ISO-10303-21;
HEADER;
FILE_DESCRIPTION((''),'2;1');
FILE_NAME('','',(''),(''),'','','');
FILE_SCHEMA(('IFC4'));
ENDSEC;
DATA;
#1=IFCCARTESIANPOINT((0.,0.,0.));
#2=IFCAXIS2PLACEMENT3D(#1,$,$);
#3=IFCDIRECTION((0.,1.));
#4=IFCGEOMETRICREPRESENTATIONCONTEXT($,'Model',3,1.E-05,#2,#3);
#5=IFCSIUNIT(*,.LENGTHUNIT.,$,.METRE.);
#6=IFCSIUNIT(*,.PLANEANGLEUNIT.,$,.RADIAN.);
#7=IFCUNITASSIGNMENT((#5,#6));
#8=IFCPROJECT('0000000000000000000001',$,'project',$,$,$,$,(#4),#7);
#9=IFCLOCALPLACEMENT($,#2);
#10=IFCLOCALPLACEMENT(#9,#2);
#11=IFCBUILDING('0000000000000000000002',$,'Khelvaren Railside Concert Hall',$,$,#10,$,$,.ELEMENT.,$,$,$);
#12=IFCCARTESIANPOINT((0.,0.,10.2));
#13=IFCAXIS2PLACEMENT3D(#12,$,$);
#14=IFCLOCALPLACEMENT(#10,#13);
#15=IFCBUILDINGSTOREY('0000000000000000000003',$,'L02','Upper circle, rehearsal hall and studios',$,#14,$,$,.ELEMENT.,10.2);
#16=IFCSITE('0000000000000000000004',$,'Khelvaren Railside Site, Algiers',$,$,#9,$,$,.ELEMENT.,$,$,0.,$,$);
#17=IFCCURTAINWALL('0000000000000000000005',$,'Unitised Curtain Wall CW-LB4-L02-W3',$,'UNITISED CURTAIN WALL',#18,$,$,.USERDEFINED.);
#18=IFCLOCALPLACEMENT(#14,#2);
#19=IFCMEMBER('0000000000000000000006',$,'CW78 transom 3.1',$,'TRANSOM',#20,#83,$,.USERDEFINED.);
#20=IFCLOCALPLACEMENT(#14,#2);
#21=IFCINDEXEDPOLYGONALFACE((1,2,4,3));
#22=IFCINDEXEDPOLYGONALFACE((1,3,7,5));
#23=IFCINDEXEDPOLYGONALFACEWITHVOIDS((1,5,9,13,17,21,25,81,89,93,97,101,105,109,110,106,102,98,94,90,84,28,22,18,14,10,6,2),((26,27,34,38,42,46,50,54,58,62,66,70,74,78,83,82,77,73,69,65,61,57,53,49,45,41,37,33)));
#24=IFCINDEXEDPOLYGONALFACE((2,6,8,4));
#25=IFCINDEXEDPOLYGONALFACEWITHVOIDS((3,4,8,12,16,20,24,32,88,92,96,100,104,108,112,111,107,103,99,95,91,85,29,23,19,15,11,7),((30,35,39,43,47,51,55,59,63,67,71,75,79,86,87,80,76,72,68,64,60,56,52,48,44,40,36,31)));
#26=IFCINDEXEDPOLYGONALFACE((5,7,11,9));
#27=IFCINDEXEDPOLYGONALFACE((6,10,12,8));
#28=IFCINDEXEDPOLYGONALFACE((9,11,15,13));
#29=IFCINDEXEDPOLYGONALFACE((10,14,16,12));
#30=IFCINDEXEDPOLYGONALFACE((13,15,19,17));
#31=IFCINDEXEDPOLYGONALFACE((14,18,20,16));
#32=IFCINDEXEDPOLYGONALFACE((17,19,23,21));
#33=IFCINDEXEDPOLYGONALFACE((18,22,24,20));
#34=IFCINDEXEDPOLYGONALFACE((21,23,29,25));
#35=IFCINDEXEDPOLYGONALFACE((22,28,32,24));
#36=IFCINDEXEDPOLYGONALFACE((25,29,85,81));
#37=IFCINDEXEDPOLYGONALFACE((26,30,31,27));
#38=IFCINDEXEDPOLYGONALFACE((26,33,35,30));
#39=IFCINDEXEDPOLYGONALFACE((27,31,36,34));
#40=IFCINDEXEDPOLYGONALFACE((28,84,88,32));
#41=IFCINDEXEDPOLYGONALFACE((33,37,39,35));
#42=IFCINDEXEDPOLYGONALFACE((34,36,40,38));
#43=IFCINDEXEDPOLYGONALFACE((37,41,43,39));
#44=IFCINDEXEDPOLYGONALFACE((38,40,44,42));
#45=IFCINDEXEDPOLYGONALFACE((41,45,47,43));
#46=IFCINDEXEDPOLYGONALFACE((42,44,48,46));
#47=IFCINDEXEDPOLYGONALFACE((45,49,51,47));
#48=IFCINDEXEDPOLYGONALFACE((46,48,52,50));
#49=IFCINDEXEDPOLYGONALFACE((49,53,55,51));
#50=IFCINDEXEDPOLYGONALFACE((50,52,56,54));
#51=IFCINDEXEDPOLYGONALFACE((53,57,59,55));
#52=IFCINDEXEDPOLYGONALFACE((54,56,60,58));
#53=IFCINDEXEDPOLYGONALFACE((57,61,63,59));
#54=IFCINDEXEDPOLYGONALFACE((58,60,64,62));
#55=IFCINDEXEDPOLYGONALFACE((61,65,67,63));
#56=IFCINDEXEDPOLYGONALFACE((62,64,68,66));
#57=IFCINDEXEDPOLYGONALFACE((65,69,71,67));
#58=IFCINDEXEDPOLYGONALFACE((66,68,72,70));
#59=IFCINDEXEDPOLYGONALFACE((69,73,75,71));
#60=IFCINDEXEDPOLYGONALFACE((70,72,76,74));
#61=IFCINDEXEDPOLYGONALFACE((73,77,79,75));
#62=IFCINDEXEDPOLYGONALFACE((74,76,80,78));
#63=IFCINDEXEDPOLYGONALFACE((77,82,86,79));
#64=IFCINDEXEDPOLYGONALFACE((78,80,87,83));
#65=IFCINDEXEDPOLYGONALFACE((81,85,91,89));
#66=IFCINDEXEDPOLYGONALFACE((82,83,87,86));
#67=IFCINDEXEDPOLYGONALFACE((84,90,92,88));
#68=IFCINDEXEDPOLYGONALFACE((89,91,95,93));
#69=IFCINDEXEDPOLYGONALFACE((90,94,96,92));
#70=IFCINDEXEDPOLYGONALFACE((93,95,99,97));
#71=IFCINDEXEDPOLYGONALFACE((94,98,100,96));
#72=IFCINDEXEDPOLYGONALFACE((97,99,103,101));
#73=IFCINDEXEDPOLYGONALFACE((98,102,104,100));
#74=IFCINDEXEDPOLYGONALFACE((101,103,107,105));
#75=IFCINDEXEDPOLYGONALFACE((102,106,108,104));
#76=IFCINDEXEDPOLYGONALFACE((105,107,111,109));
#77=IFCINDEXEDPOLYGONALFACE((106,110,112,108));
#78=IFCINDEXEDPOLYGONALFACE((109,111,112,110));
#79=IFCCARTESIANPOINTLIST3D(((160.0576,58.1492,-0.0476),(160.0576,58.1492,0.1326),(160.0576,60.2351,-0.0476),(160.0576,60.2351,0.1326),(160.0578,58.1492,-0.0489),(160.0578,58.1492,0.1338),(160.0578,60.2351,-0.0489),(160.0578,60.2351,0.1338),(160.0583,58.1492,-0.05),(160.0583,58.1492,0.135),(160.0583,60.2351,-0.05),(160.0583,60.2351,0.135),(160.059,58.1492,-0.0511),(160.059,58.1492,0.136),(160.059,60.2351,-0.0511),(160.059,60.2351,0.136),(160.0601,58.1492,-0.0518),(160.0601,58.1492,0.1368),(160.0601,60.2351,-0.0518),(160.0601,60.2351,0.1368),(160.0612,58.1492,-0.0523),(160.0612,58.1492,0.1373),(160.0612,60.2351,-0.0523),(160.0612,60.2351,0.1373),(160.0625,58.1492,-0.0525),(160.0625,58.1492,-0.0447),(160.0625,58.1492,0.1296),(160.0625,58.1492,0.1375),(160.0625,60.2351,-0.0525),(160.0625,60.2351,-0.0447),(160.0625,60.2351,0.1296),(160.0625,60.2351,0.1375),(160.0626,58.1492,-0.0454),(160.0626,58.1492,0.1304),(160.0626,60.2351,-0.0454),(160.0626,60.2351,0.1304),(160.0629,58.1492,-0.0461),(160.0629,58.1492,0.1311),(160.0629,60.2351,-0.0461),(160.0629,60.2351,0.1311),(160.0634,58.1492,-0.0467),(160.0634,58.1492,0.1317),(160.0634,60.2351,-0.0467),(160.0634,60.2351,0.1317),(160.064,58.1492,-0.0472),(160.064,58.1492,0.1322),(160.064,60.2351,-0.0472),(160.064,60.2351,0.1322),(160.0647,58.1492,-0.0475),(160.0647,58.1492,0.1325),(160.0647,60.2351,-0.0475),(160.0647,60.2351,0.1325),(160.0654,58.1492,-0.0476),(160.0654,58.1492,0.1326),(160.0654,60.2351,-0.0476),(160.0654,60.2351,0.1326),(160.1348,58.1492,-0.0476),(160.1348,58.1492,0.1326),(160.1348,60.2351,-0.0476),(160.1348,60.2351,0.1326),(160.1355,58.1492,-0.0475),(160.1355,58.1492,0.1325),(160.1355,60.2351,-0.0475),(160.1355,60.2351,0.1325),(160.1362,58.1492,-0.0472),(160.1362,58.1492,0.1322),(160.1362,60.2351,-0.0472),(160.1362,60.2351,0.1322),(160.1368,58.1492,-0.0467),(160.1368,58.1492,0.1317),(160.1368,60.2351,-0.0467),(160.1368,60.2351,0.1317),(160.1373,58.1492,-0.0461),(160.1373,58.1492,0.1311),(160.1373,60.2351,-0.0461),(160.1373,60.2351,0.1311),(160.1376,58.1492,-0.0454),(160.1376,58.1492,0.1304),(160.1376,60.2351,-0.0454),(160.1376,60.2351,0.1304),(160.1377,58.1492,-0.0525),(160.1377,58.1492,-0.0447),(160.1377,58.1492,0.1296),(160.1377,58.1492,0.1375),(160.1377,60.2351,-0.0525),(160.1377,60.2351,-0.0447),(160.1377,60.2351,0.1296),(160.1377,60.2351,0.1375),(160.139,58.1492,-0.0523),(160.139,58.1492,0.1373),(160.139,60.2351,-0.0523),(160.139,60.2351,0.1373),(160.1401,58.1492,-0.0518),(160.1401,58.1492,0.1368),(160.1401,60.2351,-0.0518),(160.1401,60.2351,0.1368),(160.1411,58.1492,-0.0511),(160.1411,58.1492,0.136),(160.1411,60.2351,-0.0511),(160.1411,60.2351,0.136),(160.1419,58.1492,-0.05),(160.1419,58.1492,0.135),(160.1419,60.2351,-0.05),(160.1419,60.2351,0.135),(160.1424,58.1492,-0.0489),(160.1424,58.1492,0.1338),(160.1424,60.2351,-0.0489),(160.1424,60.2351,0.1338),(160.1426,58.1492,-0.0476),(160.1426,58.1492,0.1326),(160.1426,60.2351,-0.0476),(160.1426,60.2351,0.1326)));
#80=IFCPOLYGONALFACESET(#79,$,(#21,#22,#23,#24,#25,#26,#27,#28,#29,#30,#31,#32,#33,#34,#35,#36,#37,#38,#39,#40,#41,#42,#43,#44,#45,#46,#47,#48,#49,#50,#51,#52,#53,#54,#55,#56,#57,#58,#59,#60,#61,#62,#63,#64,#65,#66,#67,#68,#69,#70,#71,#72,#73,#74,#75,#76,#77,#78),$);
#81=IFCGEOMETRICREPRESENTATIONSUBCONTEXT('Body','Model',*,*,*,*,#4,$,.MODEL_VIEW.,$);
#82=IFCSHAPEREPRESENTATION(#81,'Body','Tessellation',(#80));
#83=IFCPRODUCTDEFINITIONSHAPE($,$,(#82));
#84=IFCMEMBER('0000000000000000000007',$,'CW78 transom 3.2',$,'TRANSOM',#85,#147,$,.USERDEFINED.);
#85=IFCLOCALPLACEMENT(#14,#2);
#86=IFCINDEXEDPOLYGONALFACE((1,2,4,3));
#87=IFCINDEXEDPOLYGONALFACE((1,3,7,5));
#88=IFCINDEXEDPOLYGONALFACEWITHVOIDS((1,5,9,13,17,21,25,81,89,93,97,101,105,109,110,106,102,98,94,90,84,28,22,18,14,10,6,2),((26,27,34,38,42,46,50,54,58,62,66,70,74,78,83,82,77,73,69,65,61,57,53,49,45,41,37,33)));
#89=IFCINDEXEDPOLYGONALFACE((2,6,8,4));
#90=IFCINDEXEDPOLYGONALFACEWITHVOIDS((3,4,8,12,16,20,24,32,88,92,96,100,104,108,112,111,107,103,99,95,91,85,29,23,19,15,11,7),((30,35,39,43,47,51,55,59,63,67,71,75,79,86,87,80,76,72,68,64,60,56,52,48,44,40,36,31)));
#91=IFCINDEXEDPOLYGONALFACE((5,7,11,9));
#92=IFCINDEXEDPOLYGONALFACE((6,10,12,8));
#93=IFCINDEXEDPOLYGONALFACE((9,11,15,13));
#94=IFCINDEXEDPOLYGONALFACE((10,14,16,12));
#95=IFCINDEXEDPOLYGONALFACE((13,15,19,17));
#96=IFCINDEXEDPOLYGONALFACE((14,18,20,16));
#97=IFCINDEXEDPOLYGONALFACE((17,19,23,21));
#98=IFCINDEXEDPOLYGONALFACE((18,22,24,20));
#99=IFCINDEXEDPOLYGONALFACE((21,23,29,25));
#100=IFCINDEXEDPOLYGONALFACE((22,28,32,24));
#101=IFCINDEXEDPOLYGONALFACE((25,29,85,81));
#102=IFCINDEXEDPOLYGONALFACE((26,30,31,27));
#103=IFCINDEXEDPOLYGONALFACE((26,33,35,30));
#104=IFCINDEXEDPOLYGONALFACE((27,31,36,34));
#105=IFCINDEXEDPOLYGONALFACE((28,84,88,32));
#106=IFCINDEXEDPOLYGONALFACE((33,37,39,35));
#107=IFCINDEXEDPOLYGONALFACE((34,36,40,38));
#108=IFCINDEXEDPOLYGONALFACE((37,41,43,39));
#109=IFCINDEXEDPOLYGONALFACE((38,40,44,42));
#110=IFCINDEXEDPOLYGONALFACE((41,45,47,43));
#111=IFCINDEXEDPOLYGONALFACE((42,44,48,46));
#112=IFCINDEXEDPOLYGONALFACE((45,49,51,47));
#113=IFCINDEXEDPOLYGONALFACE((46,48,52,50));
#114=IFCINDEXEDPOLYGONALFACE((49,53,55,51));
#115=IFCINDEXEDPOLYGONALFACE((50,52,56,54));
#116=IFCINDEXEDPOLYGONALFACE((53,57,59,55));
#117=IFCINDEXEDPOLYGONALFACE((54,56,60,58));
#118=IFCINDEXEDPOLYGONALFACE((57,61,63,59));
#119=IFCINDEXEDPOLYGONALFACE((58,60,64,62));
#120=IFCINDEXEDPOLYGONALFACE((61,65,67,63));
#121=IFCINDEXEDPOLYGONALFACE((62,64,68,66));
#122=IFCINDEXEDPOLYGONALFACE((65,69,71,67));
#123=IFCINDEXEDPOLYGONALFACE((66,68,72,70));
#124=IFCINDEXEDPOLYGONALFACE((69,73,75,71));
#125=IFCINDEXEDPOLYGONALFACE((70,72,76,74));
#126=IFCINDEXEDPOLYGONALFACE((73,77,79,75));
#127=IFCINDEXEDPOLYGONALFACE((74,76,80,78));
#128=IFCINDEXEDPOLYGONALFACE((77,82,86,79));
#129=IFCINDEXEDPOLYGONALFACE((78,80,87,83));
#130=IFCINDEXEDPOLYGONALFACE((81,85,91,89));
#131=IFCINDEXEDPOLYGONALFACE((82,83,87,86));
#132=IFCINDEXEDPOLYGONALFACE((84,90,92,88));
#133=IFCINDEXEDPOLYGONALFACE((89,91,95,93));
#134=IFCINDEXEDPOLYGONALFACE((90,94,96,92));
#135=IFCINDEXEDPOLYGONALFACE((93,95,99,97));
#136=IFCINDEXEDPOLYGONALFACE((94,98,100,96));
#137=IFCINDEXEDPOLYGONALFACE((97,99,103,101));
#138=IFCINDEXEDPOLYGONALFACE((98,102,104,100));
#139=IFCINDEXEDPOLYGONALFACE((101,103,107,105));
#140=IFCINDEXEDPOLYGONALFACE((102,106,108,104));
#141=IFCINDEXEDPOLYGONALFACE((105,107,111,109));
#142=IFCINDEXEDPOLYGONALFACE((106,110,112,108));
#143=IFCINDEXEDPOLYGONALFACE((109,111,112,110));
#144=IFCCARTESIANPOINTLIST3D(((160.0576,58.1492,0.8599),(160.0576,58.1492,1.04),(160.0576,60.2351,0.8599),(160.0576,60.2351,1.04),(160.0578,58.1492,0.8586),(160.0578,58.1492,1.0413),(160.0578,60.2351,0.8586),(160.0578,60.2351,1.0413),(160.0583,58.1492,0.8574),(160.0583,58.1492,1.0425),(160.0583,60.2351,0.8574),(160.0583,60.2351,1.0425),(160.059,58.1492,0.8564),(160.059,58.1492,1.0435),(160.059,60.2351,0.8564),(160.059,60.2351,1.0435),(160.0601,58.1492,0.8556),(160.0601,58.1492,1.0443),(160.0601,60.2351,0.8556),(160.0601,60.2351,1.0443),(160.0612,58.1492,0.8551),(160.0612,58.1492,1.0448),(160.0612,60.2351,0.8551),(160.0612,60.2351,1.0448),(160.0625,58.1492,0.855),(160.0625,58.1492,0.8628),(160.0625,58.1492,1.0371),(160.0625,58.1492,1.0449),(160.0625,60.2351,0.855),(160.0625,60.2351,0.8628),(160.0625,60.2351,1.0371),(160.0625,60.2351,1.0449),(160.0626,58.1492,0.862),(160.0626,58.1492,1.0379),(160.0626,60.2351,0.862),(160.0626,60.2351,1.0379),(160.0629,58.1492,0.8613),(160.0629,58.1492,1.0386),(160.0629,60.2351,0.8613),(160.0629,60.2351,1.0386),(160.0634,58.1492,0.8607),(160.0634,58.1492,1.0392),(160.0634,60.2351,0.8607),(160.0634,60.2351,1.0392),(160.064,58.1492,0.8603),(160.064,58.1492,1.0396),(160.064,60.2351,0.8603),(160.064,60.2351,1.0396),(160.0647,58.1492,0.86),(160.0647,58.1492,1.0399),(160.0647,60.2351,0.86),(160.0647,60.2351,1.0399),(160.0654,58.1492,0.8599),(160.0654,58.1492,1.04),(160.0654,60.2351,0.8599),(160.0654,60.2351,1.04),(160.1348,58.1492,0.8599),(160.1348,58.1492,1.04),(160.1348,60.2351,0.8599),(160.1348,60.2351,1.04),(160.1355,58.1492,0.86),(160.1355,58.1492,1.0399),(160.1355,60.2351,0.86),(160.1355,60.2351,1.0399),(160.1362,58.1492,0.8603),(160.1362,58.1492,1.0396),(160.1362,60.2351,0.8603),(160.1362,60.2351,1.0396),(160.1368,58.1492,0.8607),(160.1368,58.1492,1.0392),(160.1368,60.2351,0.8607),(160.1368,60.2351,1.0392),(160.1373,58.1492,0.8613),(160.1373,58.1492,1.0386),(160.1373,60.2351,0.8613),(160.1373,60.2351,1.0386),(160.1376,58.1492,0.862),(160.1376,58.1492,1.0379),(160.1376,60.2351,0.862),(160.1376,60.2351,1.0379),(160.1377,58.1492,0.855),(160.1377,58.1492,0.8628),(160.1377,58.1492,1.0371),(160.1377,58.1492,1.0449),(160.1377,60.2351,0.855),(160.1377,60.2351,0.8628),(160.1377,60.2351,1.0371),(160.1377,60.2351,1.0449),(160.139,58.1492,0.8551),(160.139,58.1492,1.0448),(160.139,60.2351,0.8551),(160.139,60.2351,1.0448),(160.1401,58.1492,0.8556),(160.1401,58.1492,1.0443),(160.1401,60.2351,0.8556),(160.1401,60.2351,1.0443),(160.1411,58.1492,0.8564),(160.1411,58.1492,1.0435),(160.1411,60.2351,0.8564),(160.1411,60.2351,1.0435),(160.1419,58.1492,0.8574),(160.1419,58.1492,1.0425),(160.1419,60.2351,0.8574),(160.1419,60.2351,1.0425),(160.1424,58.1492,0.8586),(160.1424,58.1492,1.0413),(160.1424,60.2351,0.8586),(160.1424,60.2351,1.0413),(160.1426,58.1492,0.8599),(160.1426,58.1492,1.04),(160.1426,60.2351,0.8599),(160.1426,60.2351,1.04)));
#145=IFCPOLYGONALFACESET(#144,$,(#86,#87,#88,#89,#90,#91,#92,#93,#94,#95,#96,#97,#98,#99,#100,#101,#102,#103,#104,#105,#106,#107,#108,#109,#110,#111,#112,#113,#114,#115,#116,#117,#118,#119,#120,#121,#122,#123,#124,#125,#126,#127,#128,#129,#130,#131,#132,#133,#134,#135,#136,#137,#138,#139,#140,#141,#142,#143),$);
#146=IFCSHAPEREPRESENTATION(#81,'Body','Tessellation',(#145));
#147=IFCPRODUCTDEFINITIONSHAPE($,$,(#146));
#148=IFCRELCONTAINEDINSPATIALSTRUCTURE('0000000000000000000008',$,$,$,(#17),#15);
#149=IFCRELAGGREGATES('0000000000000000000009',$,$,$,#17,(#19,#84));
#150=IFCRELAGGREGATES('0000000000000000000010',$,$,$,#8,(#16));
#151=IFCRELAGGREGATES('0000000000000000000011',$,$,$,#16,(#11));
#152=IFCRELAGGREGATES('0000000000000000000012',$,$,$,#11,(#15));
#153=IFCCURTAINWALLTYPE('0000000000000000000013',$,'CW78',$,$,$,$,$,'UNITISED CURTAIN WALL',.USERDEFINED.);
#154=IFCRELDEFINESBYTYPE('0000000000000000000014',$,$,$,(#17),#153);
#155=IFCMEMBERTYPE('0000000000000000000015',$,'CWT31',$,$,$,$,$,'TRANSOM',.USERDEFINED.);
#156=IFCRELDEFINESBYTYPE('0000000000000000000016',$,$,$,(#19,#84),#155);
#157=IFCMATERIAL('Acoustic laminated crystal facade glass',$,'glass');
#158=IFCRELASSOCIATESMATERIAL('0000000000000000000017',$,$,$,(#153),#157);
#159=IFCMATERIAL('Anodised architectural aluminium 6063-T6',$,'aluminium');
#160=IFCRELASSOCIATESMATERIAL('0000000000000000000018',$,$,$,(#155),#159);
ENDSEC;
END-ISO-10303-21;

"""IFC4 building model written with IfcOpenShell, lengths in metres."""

from ifc_helpers import new_model, si_unit, direction, frame, origin, origin_2d, place, context, subcontext, project, spatial, hollow_rectangle, extrude, material, material_profile, profile_set, type_object, element, aggregate, save


model = new_model("IFC4")

# Units and contexts
model_context = context("Model", 3, precision=1e-05, world=origin(), true_north=direction((0.0, 1.0)))
body_context = subcontext(model_context, "Body", "Model", "MODEL_VIEW")
ifc_project = project(units=[si_unit("LENGTHUNIT", "METRE"), si_unit("PLANEANGLEUNIT", "RADIAN")], contexts=[model_context])

# Site, building, storey
site_placement = place(None, origin())
site = spatial("IfcSite", under=ifc_project, at=site_placement, Name="Khelvaren Railside Site, Algiers", CompositionType="ELEMENT", RefElevation=0.0)
building_placement = place(site_placement, origin())
building = spatial("IfcBuilding", under=site, at=building_placement, Name="Khelvaren Railside Concert Hall", CompositionType="ELEMENT")
storey_placement = place(building_placement, frame((0.0, 0.0, 10.2)))
storey = spatial("IfcBuildingStorey", under=building, at=storey_placement, Name="L02", Description="Upper circle, rehearsal hall and studios", CompositionType="ELEMENT", Elevation=10.2)

# Shared definitions
ifc_material_1 = material(Name="Acoustic laminated crystal facade glass", Category="glass")
curtain_wall_type = type_object("IfcCurtainWallType", Name="CW78", ElementType="UNITISED CURTAIN WALL", PredefinedType="USERDEFINED", material=ifc_material_1)
ifc_material_2 = material(Name="Anodised architectural aluminium 6063-T6", Category="aluminium")

# Curtain wall, members
curtain_wall_1_placement = place(storey_placement, origin())
curtain_wall_1 = element("IfcCurtainWall", 1, at=curtain_wall_1_placement, inside=storey, type_object=curtain_wall_type, Name="Unitised Curtain Wall CW-LB4-L02-W3", ObjectType="UNITISED CURTAIN WALL", PredefinedType="USERDEFINED")
ifc_material_profile_1 = material_profile(ifc_material_2, hollow_rectangle(XDim=0.085, YDim=0.1899, WallThickness=0.0049, InnerFilletRadius=0.0029, OuterFilletRadius=0.0049, at=origin_2d()), Name="CWT 85x190x5")
ifc_profile_set_1 = profile_set([ifc_material_profile_1], Name="Anodised architectural aluminium 6063-T6")
member_type_1 = type_object("IfcMemberType", Name="CWT31", ElementType="TRANSOM", PredefinedType="USERDEFINED", material=ifc_profile_set_1)
member_1_placement = place(storey_placement, frame((160.1001, 58.1492, 0.0425), z_axis=(0.0, 1.0, 0.0), x_axis=(-1.0, 0.0, 0.0)))
member_1 = element("IfcMember", 2, at=member_1_placement, type_object=member_type_1, Name="CW78 transom 3.1", ObjectType="TRANSOM", PredefinedType="USERDEFINED", context=body_context, shape_type="SweptSolid", body=[
    extrude(hollow_rectangle(XDim=0.085, YDim=0.1899, WallThickness=0.0049, InnerFilletRadius=0.0029, OuterFilletRadius=0.0049, at=origin_2d()), origin(), (0.0, 0.0, 1.0), 2.0859),
])
member_2_placement = place(storey_placement, frame((160.1001, 58.1492, 0.95), z_axis=(0.0, 1.0, 0.0), x_axis=(-1.0, 0.0, 0.0)))
member_2 = element("IfcMember", 3, at=member_2_placement, type_object=member_type_1, Name="CW78 transom 3.2", ObjectType="TRANSOM", PredefinedType="USERDEFINED", context=body_context, shape_type="SweptSolid", body=[
    extrude(hollow_rectangle(XDim=0.085, YDim=0.1899, WallThickness=0.0049, InnerFilletRadius=0.0029, OuterFilletRadius=0.0049, at=origin_2d()), origin(), (0.0, 0.0, 1.0), 2.0859),
])

aggregate(curtain_wall_1, [member_1, member_2])

save(model, "model.ifc")
